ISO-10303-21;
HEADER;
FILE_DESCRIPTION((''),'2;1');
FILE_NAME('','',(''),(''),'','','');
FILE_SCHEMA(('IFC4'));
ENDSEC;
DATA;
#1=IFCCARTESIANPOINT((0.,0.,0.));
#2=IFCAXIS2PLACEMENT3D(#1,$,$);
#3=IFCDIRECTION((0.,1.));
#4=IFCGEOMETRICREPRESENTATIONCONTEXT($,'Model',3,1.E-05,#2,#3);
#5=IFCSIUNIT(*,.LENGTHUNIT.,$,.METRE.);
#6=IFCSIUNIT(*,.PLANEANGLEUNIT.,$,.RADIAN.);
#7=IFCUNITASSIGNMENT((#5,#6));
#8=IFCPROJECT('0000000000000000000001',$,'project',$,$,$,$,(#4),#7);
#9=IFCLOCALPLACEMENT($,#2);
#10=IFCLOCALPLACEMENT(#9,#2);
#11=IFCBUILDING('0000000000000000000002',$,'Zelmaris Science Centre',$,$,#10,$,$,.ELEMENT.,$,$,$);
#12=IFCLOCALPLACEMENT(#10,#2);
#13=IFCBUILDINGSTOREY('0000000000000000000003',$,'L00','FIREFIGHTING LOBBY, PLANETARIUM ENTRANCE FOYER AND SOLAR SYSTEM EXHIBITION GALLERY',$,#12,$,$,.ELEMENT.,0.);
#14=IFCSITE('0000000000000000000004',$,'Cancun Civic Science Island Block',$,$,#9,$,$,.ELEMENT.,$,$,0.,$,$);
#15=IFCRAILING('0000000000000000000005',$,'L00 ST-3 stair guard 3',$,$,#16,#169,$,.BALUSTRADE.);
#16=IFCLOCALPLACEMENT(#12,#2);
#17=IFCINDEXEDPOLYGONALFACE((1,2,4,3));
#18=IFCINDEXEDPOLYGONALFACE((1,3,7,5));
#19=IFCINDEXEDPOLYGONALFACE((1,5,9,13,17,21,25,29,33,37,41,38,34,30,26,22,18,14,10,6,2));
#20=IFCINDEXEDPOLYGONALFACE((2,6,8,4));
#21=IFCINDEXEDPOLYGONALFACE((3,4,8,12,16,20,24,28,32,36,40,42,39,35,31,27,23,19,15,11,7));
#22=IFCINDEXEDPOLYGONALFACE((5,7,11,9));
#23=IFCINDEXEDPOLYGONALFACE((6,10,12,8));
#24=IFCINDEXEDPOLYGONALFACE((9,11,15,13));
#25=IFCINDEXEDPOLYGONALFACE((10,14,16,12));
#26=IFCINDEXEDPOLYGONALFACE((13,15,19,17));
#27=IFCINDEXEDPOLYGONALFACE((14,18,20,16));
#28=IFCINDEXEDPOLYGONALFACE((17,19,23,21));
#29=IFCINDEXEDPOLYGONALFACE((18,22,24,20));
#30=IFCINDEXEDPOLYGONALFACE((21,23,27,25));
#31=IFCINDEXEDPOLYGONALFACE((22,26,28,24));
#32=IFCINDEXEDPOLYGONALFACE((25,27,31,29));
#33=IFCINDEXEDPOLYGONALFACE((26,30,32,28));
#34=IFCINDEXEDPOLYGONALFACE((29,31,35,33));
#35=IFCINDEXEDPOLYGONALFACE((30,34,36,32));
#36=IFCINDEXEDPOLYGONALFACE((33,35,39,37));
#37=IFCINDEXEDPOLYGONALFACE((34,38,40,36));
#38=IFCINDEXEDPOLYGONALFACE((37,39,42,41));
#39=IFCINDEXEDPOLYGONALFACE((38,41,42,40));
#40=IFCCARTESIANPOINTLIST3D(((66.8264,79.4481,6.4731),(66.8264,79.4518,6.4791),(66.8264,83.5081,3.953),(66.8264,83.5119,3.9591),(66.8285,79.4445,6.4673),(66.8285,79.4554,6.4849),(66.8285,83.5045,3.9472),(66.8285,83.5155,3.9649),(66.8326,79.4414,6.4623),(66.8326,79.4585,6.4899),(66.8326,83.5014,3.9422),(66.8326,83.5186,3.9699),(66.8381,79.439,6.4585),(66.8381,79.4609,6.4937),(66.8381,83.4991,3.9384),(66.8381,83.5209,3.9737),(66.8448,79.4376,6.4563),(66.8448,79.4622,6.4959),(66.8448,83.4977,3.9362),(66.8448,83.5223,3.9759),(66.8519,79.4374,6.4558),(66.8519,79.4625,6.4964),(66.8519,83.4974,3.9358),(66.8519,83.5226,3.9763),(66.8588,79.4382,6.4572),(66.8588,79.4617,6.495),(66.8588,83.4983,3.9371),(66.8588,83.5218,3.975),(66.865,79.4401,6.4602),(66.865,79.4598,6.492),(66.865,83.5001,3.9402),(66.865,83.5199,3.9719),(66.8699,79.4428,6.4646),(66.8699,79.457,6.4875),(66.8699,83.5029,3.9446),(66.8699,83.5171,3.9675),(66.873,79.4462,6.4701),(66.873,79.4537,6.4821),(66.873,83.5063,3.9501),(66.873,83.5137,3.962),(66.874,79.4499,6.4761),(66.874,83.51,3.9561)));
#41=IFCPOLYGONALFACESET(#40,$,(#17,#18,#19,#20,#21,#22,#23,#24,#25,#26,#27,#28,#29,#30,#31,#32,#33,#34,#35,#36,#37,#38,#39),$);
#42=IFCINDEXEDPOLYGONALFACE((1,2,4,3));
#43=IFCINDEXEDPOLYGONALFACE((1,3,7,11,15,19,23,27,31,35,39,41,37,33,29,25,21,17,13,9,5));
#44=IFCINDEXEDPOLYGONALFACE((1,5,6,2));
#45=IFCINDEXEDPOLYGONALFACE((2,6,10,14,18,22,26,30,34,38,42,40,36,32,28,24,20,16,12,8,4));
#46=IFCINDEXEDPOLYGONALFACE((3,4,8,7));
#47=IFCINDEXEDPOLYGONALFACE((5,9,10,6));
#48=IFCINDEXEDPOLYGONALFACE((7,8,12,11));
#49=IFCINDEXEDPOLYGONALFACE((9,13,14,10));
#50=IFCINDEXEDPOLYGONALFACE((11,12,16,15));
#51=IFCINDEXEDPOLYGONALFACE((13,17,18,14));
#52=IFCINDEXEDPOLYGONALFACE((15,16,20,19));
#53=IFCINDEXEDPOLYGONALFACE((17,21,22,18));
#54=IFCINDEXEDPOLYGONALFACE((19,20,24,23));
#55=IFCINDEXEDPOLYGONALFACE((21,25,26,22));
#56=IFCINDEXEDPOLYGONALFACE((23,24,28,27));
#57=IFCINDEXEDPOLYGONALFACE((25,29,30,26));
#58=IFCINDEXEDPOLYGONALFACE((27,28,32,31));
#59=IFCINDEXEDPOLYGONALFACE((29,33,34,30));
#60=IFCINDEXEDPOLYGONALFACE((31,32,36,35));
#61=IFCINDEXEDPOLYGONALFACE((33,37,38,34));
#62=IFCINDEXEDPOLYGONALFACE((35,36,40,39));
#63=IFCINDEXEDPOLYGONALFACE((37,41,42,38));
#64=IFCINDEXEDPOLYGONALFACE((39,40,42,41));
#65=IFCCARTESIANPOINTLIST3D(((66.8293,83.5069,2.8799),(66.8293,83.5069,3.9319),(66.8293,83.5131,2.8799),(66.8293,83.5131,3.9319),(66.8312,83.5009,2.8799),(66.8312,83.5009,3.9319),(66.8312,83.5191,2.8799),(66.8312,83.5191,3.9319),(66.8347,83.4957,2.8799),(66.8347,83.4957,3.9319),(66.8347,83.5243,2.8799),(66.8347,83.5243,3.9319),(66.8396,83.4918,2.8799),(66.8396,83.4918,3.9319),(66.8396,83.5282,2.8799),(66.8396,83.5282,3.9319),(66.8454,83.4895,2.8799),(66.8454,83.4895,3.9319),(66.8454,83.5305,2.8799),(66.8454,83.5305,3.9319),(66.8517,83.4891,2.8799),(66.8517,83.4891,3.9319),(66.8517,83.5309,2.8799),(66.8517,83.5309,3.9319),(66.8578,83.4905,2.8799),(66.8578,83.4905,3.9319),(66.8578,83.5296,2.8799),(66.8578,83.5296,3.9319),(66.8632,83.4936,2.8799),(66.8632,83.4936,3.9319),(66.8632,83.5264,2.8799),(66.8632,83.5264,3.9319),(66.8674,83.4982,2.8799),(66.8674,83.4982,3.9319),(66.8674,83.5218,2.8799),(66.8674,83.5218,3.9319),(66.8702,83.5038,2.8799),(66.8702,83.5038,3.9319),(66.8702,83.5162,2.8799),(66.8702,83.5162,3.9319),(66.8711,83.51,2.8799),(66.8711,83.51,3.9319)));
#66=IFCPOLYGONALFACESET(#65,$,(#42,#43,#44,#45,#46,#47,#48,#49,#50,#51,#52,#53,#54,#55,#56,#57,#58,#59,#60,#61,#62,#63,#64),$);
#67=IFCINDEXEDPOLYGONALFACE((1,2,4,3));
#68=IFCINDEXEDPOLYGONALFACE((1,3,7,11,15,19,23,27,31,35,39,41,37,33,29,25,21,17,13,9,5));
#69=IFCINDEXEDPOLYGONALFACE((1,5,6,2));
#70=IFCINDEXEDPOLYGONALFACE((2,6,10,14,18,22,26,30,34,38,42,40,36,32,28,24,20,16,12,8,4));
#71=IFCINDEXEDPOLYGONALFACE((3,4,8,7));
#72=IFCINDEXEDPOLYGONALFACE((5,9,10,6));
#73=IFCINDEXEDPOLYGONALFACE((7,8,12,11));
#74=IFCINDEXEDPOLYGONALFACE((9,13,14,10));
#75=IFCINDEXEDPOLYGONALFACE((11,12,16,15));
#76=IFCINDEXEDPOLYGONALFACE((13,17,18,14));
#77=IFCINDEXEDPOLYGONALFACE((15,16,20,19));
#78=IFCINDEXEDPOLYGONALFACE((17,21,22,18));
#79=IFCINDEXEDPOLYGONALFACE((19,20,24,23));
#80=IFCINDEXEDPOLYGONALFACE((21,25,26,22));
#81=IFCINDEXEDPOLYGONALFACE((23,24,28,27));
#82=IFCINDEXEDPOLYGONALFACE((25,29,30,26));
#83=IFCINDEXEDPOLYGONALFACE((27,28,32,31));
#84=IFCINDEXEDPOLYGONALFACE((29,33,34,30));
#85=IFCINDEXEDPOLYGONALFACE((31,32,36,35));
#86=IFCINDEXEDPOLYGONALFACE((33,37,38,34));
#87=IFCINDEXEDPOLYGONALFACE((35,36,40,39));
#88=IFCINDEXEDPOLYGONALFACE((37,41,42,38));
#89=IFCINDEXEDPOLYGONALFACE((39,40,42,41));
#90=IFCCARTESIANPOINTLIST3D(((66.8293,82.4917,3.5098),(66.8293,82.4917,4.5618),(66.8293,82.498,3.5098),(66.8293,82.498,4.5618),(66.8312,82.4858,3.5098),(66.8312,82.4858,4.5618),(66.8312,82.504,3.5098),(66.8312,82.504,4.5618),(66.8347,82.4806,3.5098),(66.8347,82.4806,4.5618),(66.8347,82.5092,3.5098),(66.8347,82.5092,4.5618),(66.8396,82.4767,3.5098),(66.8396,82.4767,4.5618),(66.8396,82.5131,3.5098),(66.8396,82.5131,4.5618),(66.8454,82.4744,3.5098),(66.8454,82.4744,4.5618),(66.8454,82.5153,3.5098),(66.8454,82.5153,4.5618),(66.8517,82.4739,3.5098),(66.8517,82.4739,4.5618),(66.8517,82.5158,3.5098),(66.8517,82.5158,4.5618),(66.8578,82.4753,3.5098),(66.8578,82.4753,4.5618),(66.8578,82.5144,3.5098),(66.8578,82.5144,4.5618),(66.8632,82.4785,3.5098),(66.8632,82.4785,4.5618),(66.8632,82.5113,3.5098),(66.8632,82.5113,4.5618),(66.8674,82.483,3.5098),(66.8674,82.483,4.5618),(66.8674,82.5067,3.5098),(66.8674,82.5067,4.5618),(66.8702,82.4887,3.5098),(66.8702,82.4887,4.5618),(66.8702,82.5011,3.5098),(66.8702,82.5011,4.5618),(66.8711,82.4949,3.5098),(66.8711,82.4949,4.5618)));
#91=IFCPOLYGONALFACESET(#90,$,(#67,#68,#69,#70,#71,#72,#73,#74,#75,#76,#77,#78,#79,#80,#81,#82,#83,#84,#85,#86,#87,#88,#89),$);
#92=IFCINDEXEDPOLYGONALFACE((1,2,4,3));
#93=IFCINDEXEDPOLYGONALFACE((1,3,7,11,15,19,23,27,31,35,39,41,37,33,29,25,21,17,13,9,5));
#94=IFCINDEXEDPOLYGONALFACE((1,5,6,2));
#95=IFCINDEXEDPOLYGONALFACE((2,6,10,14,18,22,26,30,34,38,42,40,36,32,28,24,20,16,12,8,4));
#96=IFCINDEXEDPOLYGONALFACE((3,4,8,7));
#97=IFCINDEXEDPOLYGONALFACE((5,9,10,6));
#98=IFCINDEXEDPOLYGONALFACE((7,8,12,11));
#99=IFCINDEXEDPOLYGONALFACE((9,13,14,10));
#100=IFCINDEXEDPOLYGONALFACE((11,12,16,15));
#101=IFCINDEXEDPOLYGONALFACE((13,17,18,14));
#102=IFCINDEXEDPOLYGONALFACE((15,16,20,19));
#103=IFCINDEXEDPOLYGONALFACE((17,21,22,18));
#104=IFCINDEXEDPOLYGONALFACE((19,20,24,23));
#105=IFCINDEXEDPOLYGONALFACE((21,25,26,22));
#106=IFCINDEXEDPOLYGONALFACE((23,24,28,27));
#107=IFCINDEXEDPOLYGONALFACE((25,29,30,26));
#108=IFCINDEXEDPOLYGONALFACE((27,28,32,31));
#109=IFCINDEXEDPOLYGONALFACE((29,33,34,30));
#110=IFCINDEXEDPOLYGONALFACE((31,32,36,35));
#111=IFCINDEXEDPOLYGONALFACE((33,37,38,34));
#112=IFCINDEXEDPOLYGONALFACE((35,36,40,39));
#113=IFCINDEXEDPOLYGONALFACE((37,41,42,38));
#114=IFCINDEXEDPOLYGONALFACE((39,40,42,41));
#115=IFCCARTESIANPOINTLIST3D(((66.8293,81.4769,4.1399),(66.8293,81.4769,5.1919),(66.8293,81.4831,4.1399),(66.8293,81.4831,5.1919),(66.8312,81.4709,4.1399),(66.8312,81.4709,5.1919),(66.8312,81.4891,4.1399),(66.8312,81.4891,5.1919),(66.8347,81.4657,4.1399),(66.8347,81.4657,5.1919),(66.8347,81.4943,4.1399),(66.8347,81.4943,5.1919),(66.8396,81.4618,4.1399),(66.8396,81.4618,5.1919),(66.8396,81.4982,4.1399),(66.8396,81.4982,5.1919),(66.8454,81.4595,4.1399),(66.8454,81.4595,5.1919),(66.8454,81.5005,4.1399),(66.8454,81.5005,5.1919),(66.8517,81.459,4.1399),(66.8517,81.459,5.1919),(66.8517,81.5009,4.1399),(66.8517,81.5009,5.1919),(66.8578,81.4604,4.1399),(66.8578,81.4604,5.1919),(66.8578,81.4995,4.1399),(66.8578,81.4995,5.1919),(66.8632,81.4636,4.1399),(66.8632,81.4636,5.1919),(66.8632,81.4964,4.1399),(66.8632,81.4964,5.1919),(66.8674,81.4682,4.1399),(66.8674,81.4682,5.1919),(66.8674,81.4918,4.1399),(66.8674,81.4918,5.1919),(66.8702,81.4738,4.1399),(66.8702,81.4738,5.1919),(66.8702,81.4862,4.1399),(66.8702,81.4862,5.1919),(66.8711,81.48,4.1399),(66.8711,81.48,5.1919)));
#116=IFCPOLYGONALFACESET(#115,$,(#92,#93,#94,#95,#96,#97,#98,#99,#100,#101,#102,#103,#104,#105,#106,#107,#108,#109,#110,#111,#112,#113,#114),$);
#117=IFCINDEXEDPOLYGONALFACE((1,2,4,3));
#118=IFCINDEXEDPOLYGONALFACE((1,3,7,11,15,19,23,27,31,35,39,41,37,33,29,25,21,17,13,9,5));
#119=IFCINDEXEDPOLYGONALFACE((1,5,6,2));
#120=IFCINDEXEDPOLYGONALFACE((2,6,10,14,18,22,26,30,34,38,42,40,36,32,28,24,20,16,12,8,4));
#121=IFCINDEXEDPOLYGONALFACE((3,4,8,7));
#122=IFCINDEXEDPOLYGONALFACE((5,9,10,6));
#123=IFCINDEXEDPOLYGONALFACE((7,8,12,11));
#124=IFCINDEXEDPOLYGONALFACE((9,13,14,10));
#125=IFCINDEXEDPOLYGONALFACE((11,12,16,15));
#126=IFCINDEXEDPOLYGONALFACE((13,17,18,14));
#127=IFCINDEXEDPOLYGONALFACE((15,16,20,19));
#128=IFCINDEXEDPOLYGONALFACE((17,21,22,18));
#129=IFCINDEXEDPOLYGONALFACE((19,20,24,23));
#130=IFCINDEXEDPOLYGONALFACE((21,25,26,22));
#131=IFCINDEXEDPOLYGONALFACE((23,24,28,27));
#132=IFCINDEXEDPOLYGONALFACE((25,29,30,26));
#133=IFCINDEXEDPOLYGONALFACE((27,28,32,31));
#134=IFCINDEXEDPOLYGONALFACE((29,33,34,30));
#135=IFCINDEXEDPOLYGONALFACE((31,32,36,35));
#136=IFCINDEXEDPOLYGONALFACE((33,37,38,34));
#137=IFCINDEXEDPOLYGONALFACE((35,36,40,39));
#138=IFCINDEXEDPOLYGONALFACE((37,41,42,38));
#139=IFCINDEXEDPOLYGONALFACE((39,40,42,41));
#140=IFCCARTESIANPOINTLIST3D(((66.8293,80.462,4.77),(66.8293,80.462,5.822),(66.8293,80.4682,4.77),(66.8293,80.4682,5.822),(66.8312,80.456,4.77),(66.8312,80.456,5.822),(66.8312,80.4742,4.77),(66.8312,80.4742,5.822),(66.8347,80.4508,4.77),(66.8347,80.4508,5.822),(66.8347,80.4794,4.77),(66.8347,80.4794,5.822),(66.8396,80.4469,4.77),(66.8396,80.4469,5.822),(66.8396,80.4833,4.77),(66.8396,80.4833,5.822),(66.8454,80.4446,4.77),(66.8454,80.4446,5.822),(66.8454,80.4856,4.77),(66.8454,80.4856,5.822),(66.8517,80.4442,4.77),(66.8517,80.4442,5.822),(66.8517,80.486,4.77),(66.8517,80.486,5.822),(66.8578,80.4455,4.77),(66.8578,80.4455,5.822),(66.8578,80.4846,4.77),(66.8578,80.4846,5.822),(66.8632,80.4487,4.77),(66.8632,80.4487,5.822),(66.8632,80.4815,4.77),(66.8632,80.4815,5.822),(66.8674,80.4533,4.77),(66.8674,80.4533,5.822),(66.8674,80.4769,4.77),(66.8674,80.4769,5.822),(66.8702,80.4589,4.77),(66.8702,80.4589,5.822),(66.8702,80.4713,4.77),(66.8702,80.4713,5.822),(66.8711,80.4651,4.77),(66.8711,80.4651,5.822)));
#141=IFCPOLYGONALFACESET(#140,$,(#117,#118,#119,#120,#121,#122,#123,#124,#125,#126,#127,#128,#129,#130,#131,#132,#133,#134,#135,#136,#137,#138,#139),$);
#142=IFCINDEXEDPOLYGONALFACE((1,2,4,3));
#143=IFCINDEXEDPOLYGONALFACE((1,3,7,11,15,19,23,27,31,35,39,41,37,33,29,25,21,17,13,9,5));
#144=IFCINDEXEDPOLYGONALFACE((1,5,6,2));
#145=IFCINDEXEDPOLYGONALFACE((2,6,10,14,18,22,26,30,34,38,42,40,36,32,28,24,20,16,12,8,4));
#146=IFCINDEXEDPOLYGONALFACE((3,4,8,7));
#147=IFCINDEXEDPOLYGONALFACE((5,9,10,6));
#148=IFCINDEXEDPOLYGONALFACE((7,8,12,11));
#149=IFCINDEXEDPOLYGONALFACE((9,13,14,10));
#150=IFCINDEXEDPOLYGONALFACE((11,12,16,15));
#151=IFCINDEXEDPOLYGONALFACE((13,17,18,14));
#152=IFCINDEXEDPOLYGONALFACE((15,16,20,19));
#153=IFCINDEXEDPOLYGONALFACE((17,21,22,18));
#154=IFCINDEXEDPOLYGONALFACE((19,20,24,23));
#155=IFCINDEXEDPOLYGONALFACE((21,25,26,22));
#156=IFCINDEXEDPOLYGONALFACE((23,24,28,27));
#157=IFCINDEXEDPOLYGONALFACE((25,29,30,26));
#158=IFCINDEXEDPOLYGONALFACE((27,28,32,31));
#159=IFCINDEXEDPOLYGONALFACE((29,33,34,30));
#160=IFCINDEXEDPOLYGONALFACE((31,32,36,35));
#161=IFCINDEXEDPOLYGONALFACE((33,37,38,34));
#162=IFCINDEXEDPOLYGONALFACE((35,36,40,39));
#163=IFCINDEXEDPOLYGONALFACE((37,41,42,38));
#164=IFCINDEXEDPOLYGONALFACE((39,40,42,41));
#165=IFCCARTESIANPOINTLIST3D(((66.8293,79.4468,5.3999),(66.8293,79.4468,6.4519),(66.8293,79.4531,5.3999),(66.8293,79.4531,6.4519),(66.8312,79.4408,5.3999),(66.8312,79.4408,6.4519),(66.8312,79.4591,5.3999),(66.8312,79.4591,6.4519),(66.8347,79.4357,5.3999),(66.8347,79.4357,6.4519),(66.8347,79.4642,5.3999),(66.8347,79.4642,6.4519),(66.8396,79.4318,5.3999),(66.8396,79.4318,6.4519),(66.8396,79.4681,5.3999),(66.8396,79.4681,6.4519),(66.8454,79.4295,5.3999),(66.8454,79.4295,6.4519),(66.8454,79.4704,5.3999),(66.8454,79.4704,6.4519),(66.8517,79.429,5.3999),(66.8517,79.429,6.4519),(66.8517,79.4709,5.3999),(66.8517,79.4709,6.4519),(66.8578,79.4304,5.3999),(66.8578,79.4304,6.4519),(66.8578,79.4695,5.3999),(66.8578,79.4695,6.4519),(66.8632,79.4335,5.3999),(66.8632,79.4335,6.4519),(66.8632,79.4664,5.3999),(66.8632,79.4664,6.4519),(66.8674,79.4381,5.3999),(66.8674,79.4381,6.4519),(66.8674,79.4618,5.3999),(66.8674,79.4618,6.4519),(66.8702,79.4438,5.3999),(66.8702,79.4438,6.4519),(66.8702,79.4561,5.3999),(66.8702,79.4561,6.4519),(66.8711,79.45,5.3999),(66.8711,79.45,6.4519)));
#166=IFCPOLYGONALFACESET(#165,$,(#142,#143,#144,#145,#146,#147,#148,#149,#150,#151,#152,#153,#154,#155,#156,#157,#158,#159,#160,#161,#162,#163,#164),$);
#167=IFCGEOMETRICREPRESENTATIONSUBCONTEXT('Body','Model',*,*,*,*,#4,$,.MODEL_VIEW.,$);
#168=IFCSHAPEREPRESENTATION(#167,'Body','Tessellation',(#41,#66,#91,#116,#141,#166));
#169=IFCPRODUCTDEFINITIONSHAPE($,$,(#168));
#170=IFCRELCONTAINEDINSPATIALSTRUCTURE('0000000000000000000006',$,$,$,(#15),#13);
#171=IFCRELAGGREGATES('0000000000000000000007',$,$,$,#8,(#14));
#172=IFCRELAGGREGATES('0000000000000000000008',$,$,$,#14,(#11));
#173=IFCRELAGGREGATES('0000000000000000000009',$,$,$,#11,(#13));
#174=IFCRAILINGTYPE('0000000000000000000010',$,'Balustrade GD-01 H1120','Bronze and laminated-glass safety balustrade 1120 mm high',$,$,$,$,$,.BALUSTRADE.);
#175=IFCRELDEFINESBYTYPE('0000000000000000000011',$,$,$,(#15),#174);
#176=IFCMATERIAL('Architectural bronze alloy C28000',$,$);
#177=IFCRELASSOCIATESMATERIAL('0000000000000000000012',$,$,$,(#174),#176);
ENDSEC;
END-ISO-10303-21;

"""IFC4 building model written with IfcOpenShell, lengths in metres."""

from ifc_helpers import new_model, si_unit, direction, frame, origin, origin_2d, place, context, subcontext, project, spatial, circle, extrude, material, type_object, element, save


model = new_model("IFC4")

# Units and contexts
model_context = context("Model", 3, precision=1e-05, world=origin(), true_north=direction((0.0, 1.0)))
body_context = subcontext(model_context, "Body", "Model", "MODEL_VIEW")
ifc_project = project(units=[si_unit("LENGTHUNIT", "METRE"), si_unit("PLANEANGLEUNIT", "RADIAN")], contexts=[model_context])

# Site, building, storey
site_placement = place(None, origin())
site = spatial("IfcSite", under=ifc_project, at=site_placement, Name="Cancun Civic Science Island Block", CompositionType="ELEMENT", RefElevation=0.0)
building_placement = place(site_placement, origin())
building = spatial("IfcBuilding", under=site, at=building_placement, Name="Zelmaris Science Centre", CompositionType="ELEMENT")
storey_placement = place(building_placement, origin())
storey = spatial("IfcBuildingStorey", under=building, at=storey_placement, Name="L00", Description="FIREFIGHTING LOBBY, PLANETARIUM ENTRANCE FOYER AND SOLAR SYSTEM EXHIBITION GALLERY", CompositionType="ELEMENT", Elevation=0.0)

# Shared definitions
ifc_material_1 = material(Name="Architectural bronze alloy C28000")

# Railing
railing_type_1 = type_object("IfcRailingType", Name="Balustrade GD-01 H1120", Description="Bronze and laminated-glass safety balustrade 1120 mm high", PredefinedType="BALUSTRADE", material=ifc_material_1)
railing_1_placement = place(storey_placement, frame((66.8501, 83.51, 2.8799)))
element("IfcRailing", 1, at=railing_1_placement, inside=storey, type_object=railing_type_1, Name="L00 ST-3 stair guard 3", PredefinedType="BALUSTRADE", context=body_context, shape_type="SweptSolid", body=[
    extrude(circle(Radius=0.0239, at=origin_2d()), frame((0.0, 0.0, 1.0762), z_axis=(0.0, -0.849642, 0.52736), x_axis=(1.0, 0.0, 0.0)), (0.0, 0.0, 1.0), 4.7786),
    extrude(circle(Radius=0.021, at=origin_2d()), origin(), (0.0, 0.0, 1.0), 1.052),
    extrude(circle(Radius=0.021, at=origin_2d()), frame((0.0, -1.0151, 0.6299)), (0.0, 0.0, 1.0), 1.052),
    extrude(circle(Radius=0.021, at=origin_2d()), frame((0.0, -2.03, 1.26)), (0.0, 0.0, 1.0), 1.052),
    extrude(circle(Radius=0.021, at=origin_2d()), frame((0.0, -3.0449, 1.8901)), (0.0, 0.0, 1.0), 1.052),
    extrude(circle(Radius=0.021, at=origin_2d()), frame((0.0, -4.0601, 2.52)), (0.0, 0.0, 1.0), 1.052),
])

save(model, "model.ifc")
